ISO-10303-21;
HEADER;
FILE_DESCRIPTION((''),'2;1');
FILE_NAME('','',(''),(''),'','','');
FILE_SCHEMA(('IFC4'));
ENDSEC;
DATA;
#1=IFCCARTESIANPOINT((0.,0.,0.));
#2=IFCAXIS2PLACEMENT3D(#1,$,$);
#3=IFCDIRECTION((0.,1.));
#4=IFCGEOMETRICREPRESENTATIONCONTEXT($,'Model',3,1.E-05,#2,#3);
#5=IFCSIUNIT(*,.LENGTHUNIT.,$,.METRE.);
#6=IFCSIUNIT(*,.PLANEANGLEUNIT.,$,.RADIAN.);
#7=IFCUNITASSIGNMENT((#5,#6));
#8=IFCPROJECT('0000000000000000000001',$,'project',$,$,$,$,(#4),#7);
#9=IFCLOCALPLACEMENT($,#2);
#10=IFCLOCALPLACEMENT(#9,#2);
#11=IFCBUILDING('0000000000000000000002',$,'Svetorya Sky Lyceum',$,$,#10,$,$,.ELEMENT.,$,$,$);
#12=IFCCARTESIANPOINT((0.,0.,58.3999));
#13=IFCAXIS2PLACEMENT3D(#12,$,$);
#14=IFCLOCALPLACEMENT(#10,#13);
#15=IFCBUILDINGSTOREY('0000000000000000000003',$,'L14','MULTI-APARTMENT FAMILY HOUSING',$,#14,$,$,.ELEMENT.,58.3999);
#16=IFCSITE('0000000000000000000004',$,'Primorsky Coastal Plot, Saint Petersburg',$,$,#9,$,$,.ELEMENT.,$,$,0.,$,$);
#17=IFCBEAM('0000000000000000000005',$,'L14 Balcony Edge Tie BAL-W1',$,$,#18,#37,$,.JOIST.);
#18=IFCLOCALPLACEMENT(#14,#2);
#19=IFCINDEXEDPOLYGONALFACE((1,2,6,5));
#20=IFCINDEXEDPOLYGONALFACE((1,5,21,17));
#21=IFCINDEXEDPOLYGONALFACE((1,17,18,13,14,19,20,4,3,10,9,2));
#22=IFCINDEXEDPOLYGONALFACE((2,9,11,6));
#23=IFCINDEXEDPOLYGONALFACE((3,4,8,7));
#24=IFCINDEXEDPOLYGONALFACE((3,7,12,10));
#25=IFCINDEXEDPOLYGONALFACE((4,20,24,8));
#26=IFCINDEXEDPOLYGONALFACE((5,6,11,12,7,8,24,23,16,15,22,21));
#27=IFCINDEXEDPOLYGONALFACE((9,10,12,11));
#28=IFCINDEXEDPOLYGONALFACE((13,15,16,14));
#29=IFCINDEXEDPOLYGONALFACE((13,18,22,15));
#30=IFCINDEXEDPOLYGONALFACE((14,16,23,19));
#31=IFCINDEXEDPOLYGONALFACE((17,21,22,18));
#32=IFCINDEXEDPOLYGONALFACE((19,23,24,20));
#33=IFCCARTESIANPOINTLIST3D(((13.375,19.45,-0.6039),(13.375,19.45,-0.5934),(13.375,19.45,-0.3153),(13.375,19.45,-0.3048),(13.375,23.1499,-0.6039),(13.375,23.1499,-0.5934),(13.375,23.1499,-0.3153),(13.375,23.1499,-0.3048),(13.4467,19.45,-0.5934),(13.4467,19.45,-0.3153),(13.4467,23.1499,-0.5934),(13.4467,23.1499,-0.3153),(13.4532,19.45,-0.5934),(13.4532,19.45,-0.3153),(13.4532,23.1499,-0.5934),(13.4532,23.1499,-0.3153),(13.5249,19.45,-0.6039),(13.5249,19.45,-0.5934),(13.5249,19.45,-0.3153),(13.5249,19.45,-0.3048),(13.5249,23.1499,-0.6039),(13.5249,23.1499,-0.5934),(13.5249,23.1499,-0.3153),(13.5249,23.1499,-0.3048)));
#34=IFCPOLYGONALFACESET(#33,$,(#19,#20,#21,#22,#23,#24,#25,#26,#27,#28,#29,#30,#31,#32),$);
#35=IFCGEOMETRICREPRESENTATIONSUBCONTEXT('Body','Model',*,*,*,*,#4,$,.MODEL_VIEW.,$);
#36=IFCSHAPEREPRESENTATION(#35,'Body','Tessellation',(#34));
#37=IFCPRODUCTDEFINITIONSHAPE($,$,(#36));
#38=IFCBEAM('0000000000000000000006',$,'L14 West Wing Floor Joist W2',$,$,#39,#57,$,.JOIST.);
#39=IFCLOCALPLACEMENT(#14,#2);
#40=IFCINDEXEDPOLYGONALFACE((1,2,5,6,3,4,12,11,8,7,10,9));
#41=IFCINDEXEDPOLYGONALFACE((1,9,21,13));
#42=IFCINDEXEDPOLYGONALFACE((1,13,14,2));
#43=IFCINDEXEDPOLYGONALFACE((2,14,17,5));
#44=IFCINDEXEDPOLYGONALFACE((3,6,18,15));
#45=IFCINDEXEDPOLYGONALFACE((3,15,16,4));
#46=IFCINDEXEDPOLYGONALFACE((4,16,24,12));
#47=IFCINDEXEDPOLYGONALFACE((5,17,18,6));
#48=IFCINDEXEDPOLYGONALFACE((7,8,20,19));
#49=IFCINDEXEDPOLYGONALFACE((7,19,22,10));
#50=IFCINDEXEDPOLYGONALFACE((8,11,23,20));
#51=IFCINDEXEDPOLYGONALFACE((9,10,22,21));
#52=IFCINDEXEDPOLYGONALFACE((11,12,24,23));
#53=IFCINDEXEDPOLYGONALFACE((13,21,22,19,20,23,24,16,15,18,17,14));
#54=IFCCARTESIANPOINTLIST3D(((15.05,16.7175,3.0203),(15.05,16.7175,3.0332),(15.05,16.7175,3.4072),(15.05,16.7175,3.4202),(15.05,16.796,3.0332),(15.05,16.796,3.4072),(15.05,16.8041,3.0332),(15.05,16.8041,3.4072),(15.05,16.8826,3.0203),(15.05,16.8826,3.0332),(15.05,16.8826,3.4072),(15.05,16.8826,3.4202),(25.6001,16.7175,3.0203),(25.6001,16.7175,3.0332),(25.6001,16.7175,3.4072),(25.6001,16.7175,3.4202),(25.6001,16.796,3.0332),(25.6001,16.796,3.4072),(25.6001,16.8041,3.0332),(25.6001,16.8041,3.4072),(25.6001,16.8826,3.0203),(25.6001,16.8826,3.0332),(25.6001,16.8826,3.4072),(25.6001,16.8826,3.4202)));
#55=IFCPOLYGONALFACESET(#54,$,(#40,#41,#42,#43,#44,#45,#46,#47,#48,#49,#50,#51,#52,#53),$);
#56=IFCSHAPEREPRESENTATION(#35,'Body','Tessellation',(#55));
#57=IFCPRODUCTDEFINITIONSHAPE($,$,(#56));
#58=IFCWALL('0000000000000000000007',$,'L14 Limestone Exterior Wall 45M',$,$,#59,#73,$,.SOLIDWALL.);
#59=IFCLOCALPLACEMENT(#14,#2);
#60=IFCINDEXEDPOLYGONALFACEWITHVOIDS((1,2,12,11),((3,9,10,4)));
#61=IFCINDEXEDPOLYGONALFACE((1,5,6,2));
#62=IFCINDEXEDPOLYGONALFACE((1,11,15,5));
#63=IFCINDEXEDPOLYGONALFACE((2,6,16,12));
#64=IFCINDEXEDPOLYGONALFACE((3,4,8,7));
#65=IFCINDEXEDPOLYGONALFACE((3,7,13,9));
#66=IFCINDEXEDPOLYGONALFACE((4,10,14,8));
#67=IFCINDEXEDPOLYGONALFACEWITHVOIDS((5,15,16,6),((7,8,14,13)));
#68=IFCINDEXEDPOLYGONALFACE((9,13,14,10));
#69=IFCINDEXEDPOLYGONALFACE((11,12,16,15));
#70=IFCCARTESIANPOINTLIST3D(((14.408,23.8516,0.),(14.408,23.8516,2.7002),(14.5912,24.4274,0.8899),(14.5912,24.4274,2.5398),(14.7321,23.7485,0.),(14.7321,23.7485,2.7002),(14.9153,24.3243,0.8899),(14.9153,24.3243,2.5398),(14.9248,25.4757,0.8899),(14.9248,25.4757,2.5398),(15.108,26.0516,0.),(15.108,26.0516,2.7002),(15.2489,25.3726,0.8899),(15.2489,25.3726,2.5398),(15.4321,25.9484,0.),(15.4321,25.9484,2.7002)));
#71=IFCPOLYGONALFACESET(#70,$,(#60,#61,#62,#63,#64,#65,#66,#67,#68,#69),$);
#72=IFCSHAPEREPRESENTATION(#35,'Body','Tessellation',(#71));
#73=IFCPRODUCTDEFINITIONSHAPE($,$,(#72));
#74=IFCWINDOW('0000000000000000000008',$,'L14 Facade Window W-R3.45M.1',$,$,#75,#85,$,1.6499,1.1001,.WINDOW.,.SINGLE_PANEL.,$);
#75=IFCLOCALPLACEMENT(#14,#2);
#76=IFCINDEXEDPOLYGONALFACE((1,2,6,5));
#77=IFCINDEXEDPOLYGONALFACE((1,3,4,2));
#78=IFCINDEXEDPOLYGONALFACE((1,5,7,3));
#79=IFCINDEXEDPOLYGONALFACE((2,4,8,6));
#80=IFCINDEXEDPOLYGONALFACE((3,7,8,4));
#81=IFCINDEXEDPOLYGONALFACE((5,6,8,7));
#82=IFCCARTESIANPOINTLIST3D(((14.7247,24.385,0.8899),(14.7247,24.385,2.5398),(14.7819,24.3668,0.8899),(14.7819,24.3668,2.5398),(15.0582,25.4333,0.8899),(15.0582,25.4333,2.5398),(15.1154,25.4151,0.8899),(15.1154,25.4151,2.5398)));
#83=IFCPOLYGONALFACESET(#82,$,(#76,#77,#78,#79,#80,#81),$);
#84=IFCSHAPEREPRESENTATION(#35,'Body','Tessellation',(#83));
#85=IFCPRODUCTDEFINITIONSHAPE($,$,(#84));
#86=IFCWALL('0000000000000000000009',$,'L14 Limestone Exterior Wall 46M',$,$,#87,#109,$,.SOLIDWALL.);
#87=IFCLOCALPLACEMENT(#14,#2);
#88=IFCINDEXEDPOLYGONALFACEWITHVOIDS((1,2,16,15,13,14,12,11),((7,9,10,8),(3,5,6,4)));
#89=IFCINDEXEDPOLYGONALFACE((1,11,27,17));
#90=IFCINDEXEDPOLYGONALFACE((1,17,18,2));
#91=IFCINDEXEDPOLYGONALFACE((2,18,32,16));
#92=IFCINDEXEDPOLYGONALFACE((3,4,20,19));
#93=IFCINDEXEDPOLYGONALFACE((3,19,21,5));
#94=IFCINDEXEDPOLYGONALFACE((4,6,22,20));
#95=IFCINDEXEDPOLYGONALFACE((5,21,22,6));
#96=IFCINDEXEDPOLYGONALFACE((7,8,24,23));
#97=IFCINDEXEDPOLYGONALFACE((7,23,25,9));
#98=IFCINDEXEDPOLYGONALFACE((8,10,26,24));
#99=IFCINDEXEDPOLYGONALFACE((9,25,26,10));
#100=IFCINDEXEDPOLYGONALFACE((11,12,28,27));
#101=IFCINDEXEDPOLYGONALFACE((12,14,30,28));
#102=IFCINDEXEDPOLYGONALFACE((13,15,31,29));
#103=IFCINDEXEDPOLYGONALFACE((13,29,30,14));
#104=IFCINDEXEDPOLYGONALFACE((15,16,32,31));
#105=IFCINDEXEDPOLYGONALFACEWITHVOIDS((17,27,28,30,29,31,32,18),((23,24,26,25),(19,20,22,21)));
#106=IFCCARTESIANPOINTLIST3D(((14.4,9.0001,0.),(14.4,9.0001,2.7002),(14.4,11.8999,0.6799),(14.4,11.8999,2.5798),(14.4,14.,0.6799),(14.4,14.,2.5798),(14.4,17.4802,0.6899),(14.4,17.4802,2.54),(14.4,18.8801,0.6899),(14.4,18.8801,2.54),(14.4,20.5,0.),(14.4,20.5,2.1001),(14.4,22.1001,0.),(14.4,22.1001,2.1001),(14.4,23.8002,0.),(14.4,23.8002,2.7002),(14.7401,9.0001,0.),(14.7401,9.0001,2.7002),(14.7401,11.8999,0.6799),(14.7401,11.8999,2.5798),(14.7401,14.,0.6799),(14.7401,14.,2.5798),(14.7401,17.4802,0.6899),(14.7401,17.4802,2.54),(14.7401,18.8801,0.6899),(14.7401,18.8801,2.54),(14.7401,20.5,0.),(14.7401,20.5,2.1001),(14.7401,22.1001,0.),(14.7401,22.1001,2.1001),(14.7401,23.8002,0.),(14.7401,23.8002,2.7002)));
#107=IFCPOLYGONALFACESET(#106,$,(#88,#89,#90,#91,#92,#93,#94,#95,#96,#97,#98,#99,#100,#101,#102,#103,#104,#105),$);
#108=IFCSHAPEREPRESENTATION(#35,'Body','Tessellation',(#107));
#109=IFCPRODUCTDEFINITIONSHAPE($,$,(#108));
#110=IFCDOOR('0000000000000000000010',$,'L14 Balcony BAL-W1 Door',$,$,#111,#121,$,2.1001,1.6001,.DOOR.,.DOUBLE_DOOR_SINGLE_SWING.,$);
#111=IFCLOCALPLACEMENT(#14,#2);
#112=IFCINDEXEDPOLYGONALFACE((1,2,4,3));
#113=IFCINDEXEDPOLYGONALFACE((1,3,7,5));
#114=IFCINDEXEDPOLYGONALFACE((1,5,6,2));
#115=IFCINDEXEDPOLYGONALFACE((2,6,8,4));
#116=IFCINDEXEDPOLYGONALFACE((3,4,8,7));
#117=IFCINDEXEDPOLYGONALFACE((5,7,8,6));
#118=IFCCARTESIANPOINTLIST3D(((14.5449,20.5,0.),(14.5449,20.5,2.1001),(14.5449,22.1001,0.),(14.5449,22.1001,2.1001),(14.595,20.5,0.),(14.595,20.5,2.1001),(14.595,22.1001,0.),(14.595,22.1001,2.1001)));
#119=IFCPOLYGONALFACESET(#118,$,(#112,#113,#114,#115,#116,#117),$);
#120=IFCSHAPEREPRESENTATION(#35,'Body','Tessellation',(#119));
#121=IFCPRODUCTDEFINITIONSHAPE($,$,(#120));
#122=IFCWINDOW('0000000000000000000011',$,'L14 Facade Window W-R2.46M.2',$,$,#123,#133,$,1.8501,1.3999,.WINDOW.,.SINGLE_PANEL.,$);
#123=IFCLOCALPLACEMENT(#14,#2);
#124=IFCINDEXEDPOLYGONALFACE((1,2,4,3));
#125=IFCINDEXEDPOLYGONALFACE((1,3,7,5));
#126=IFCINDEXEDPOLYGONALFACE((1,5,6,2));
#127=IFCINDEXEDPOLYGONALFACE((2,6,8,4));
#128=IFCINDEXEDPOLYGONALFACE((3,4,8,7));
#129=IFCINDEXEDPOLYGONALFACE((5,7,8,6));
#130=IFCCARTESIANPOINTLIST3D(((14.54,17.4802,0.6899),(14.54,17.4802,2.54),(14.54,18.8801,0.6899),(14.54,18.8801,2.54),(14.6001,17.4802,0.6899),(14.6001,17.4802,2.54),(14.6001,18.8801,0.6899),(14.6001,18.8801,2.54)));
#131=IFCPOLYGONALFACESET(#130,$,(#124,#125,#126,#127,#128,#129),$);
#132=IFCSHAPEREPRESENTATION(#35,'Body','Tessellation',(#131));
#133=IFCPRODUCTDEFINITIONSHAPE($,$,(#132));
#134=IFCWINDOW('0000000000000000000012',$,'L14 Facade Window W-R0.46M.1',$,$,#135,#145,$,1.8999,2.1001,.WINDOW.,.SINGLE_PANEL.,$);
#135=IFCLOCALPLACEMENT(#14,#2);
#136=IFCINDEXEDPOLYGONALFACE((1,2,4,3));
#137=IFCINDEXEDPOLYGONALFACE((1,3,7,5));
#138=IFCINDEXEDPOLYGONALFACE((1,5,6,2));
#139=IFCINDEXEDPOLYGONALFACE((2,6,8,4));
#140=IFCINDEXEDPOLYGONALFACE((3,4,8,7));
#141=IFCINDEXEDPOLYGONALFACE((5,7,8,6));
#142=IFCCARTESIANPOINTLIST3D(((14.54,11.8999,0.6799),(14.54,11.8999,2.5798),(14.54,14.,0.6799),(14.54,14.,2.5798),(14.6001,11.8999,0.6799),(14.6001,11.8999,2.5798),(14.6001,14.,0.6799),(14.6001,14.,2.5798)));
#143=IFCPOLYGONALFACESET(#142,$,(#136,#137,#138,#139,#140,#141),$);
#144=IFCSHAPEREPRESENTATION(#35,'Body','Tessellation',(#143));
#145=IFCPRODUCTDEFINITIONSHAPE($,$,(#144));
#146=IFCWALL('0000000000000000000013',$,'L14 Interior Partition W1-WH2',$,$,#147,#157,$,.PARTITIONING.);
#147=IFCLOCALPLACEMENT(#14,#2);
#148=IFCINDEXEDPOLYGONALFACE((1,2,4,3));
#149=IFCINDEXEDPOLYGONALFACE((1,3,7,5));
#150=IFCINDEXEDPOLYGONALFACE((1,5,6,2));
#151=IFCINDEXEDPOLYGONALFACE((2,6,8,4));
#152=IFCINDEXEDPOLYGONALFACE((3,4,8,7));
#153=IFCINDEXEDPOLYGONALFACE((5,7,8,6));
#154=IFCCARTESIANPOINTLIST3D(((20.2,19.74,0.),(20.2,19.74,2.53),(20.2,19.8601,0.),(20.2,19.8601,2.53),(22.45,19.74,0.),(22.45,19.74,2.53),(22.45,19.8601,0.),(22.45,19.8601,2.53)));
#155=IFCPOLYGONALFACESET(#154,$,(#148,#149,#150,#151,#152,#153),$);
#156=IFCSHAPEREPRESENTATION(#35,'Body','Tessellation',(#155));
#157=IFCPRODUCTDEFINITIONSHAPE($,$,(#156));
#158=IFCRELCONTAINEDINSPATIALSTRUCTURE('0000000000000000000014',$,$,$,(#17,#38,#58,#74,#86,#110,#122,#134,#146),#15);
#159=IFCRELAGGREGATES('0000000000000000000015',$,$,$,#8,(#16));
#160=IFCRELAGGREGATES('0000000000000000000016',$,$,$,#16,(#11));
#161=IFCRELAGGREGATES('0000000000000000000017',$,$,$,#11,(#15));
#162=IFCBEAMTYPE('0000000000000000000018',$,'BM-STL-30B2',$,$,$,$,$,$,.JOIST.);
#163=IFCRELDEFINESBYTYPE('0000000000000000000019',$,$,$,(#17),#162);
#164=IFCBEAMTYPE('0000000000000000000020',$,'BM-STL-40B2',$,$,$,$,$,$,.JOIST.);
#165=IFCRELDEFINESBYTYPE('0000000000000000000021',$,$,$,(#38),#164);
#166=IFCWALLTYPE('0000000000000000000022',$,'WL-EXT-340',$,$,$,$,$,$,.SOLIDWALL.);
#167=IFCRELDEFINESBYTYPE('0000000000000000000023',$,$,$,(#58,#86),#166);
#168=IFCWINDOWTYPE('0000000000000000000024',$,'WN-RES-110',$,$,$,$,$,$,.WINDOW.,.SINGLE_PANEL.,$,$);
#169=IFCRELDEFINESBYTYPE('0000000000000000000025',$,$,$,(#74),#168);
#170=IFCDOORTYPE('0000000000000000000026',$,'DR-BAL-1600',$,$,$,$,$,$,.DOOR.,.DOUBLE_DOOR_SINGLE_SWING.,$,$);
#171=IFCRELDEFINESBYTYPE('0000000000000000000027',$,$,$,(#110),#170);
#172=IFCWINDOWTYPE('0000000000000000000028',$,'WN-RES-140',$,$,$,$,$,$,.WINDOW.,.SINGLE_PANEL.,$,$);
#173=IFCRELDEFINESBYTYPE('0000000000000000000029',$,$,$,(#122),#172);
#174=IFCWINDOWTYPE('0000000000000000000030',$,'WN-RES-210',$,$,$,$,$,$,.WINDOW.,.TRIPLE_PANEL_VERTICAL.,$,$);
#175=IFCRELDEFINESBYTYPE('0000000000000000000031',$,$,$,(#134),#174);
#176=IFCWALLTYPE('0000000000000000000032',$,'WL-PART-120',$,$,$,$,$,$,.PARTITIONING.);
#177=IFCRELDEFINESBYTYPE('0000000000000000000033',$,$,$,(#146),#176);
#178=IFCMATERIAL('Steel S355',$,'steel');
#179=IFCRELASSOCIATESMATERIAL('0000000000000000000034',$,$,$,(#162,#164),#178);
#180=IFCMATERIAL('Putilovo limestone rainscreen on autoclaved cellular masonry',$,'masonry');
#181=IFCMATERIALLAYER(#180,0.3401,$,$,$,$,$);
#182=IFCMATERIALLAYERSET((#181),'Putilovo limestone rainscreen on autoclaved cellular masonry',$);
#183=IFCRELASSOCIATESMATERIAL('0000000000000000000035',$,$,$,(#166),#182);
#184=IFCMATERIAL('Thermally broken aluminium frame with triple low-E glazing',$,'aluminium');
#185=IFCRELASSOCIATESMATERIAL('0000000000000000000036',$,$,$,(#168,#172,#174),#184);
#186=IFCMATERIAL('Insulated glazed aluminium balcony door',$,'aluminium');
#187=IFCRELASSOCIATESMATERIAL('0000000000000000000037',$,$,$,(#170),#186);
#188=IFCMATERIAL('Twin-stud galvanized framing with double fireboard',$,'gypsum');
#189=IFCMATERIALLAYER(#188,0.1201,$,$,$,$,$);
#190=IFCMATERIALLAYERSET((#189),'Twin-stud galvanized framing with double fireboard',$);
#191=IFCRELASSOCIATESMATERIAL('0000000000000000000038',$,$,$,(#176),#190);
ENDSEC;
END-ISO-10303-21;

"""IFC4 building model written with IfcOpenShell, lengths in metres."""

from ifc_helpers import new_model, si_unit, direction, frame, frame_2d, origin, origin_2d, place, context, subcontext, project, spatial, rectangle, i_section, extrude, material, layer, layer_set, material_profile, profile_set, type_object, element, fill, save


model = new_model("IFC4")

# Units and contexts
model_context = context("Model", 3, precision=1e-05, world=origin(), true_north=direction((0.0, 1.0)))
body_context = subcontext(model_context, "Body", "Model", "MODEL_VIEW")
ifc_project = project(units=[si_unit("LENGTHUNIT", "METRE"), si_unit("PLANEANGLEUNIT", "RADIAN")], contexts=[model_context])

# Site, building, storey
site_placement = place(None, origin())
site = spatial("IfcSite", under=ifc_project, at=site_placement, Name="Primorsky Coastal Plot, Saint Petersburg", CompositionType="ELEMENT", RefElevation=0.0)
building_placement = place(site_placement, origin())
building = spatial("IfcBuilding", under=site, at=building_placement, Name="Svetorya Sky Lyceum", CompositionType="ELEMENT")
storey_placement = place(building_placement, frame((0.0, 0.0, 58.3999)))
storey = spatial("IfcBuildingStorey", under=building, at=storey_placement, Name="L14", Description="MULTI-APARTMENT FAMILY HOUSING", CompositionType="ELEMENT", Elevation=58.3999)

# Beams
ifc_material_1 = material(Name="Steel S355", Category="steel")
ifc_material_profile_1 = material_profile(ifc_material_1, i_section(OverallWidth=0.1499, OverallDepth=0.2991, WebThickness=0.0066, FlangeThickness=0.0105, at=origin_2d()), Name="GOST 30B2")
ifc_profile_set_1 = profile_set([ifc_material_profile_1], Name="Steel S355")
beam_type_1 = type_object("IfcBeamType", Name="BM-STL-30B2", PredefinedType="JOIST", material=ifc_profile_set_1)
beam_1_placement = place(storey_placement, frame((13.45, 19.45, -0.4543), z_axis=(0.0, 1.0, 0.0), x_axis=(-1.0, 0.0, 0.0)))
element("IfcBeam", 1, at=beam_1_placement, inside=storey, type_object=beam_type_1, Name="L14 Balcony Edge Tie BAL-W1", PredefinedType="JOIST", context=body_context, shape_type="SweptSolid", body=[
    extrude(i_section(OverallWidth=0.1499, OverallDepth=0.2991, WebThickness=0.0066, FlangeThickness=0.0105, at=origin_2d()), origin(), (0.0, 0.0, 1.0), 3.7),
])
ifc_material_profile_2 = material_profile(ifc_material_1, i_section(OverallWidth=0.165, OverallDepth=0.3999, WebThickness=0.0081, FlangeThickness=0.0129, at=origin_2d()), Name="GOST 40B2")
ifc_profile_set_2 = profile_set([ifc_material_profile_2], Name="Steel S355")
beam_type_2 = type_object("IfcBeamType", Name="BM-STL-40B2", PredefinedType="JOIST", material=ifc_profile_set_2)
beam_2_placement = place(storey_placement, frame((15.05, 16.8, 3.2202), z_axis=(1.0, 0.0, 0.0), x_axis=(0.0, 1.0, 0.0)))
element("IfcBeam", 2, at=beam_2_placement, inside=storey, type_object=beam_type_2, Name="L14 West Wing Floor Joist W2", PredefinedType="JOIST", context=body_context, shape_type="SweptSolid", body=[
    extrude(i_section(OverallWidth=0.165, OverallDepth=0.3999, WebThickness=0.0081, FlangeThickness=0.0129, at=origin_2d()), origin(), (0.0, 0.0, 1.0), 10.55),
])

# Wall, opening, window
ifc_material_2 = material(Name="Putilovo limestone rainscreen on autoclaved cellular masonry", Category="masonry")
ifc_layer_1 = layer(ifc_material_2, 0.3401)
ifc_layer_set_1 = layer_set([ifc_layer_1], Name="Putilovo limestone rainscreen on autoclaved cellular masonry")
wall_type_1 = type_object("IfcWallType", Name="WL-EXT-340", PredefinedType="SOLIDWALL", material=ifc_layer_set_1)
wall_1_placement = place(storey_placement, frame((15.27, 26.0, 0.0), z_axis=(0.0, 0.0, 1.0), x_axis=(-0.303191, -0.95293, 0.0)))
wall_1 = element("IfcWall", 3, at=wall_1_placement, inside=storey, type_object=wall_type_1, Name="L14 Limestone Exterior Wall 45M", PredefinedType="SOLIDWALL", context=body_context, shape_type="SweptSolid", body=[
    extrude(rectangle(XDim=2.3086, YDim=0.3401, at=frame_2d((1.1543, 0.0))), origin(), (0.0, 0.0, 1.0), 2.7002),
])
opening_1_placement = place(wall_1_placement, frame((0.6042, 0.0, 0.8899)))
opening_1 = element("IfcOpeningElement", 4, at=opening_1_placement, cuts=wall_1, PredefinedType="OPENING", context=body_context, shape_type="SweptSolid", body=[
    extrude(rectangle(XDim=1.1001, YDim=1.6499, at=frame_2d((0.55, 0.825))), frame((0.0, 0.1799, 0.0), z_axis=(0.0, -1.0, 0.0), x_axis=(1.0, 0.0, 0.0)), (0.0, 0.0, 1.0), 0.3601),
])
ifc_material_3 = material(Name="Thermally broken aluminium frame with triple low-E glazing", Category="aluminium")
window_type_1 = type_object("IfcWindowType", Name="WN-RES-110", PartitioningType="SINGLE_PANEL", PredefinedType="WINDOW", material=ifc_material_3)
window_1_placement = place(opening_1_placement, origin())
window_1 = element("IfcWindow", 5, at=window_1_placement, inside=storey, type_object=window_type_1, Name="L14 Facade Window W-R3.45M.1", OverallHeight=1.6499, OverallWidth=1.1001, PartitioningType="SINGLE_PANEL", PredefinedType="WINDOW", context=body_context, shape_type="SweptSolid", body=[
    extrude(rectangle(XDim=1.1001, YDim=1.6499, at=frame_2d((0.55, 0.825))), frame((0.0, 0.03, 0.0), z_axis=(0.0, -1.0, 0.0), x_axis=(1.0, 0.0, 0.0)), (0.0, 0.0, 1.0), 0.0601),
])
fill(opening_1, window_1)

# Wall, openings, door, windows
wall_2_placement = place(storey_placement, frame((14.5701, 23.8, 0.0), z_axis=(0.0, 0.0, 1.0), x_axis=(0.0, -1.0, 0.0)))
wall_2 = element("IfcWall", 6, at=wall_2_placement, inside=storey, type_object=wall_type_1, Name="L14 Limestone Exterior Wall 46M", PredefinedType="SOLIDWALL", context=body_context, shape_type="SweptSolid", body=[
    extrude(rectangle(XDim=14.8, YDim=0.3401, at=frame_2d((7.3999, 0.0))), origin(), (0.0, 0.0, 1.0), 2.7002),
])
opening_2_placement = place(wall_2_placement, frame((1.7, 0.0, 0.0)))
opening_2 = element("IfcOpeningElement", 7, at=opening_2_placement, cuts=wall_2, PredefinedType="OPENING", context=body_context, shape_type="SweptSolid", body=[
    extrude(rectangle(XDim=1.6001, YDim=2.1001, at=frame_2d((0.8, 1.05))), frame((0.0, 0.1799, 0.0), z_axis=(0.0, -1.0, 0.0), x_axis=(1.0, 0.0, 0.0)), (0.0, 0.0, 1.0), 0.3601),
])
opening_3_placement = place(wall_2_placement, frame((4.9199, 0.0, 0.6899)))
opening_3 = element("IfcOpeningElement", 8, at=opening_3_placement, cuts=wall_2, PredefinedType="OPENING", context=body_context, shape_type="SweptSolid", body=[
    extrude(rectangle(XDim=1.3999, YDim=1.8501, at=frame_2d((0.7, 0.925))), frame((0.0, 0.1799, 0.0), z_axis=(0.0, -1.0, 0.0), x_axis=(1.0, 0.0, 0.0)), (0.0, 0.0, 1.0), 0.3601),
])
opening_4_placement = place(wall_2_placement, frame((9.8, 0.0, 0.6799)))
opening_4 = element("IfcOpeningElement", 9, at=opening_4_placement, cuts=wall_2, PredefinedType="OPENING", context=body_context, shape_type="SweptSolid", body=[
    extrude(rectangle(XDim=2.1001, YDim=1.8999, at=frame_2d((1.05, 0.95))), frame((0.0, 0.1799, 0.0), z_axis=(0.0, -1.0, 0.0), x_axis=(1.0, 0.0, 0.0)), (0.0, 0.0, 1.0), 0.3601),
])
ifc_material_4 = material(Name="Insulated glazed aluminium balcony door", Category="aluminium")
door_type_1 = type_object("IfcDoorType", Name="DR-BAL-1600", OperationType="DOUBLE_DOOR_SINGLE_SWING", PredefinedType="DOOR", material=ifc_material_4)
door_1_placement = place(opening_2_placement, origin())
door_1 = element("IfcDoor", 10, at=door_1_placement, inside=storey, type_object=door_type_1, Name="L14 Balcony BAL-W1 Door", OperationType="DOUBLE_DOOR_SINGLE_SWING", OverallHeight=2.1001, OverallWidth=1.6001, PredefinedType="DOOR", context=body_context, shape_type="SweptSolid", body=[
    extrude(rectangle(XDim=1.6001, YDim=2.1001, at=frame_2d((0.8, 1.05))), frame((0.0, 0.0249, 0.0), z_axis=(0.0, -1.0, 0.0), x_axis=(1.0, 0.0, 0.0)), (0.0, 0.0, 1.0), 0.05),
])
fill(opening_2, door_1)
window_type_2 = type_object("IfcWindowType", Name="WN-RES-140", PartitioningType="SINGLE_PANEL", PredefinedType="WINDOW", material=ifc_material_3)
window_2_placement = place(opening_3_placement, origin())
window_2 = element("IfcWindow", 11, at=window_2_placement, inside=storey, type_object=window_type_2, Name="L14 Facade Window W-R2.46M.2", OverallHeight=1.8501, OverallWidth=1.3999, PartitioningType="SINGLE_PANEL", PredefinedType="WINDOW", context=body_context, shape_type="SweptSolid", body=[
    extrude(rectangle(XDim=1.3999, YDim=1.8501, at=frame_2d((0.7, 0.925))), frame((0.0, 0.03, 0.0), z_axis=(0.0, -1.0, 0.0), x_axis=(1.0, 0.0, 0.0)), (0.0, 0.0, 1.0), 0.0601),
])
fill(opening_3, window_2)
window_type_3 = type_object("IfcWindowType", Name="WN-RES-210", PartitioningType="TRIPLE_PANEL_VERTICAL", PredefinedType="WINDOW", material=ifc_material_3)
window_3_placement = place(opening_4_placement, origin())
window_3 = element("IfcWindow", 12, at=window_3_placement, inside=storey, type_object=window_type_3, Name="L14 Facade Window W-R0.46M.1", OverallHeight=1.8999, OverallWidth=2.1001, PartitioningType="SINGLE_PANEL", PredefinedType="WINDOW", context=body_context, shape_type="SweptSolid", body=[
    extrude(rectangle(XDim=2.1001, YDim=1.8999, at=frame_2d((1.05, 0.95))), frame((0.0, 0.03, 0.0), z_axis=(0.0, -1.0, 0.0), x_axis=(1.0, 0.0, 0.0)), (0.0, 0.0, 1.0), 0.0601),
])
fill(opening_4, window_3)

# Wall
ifc_material_5 = material(Name="Twin-stud galvanized framing with double fireboard", Category="gypsum")
ifc_layer_2 = layer(ifc_material_5, 0.1201)
ifc_layer_set_2 = layer_set([ifc_layer_2], Name="Twin-stud galvanized framing with double fireboard")
wall_type_2 = type_object("IfcWallType", Name="WL-PART-120", PredefinedType="PARTITIONING", material=ifc_layer_set_2)
wall_3_placement = place(storey_placement, frame((20.2, 19.8, 0.0), z_axis=(0.0, 0.0, 1.0), x_axis=(1.0, 0.0, 0.0)))
element("IfcWall", 13, at=wall_3_placement, inside=storey, type_object=wall_type_2, Name="L14 Interior Partition W1-WH2", PredefinedType="PARTITIONING", context=body_context, shape_type="SweptSolid", body=[
    extrude(rectangle(XDim=2.25, YDim=0.1201, at=frame_2d((1.125, 0.0))), origin(), (0.0, 0.0, 1.0), 2.53),
])

save(model, "model.ifc")
